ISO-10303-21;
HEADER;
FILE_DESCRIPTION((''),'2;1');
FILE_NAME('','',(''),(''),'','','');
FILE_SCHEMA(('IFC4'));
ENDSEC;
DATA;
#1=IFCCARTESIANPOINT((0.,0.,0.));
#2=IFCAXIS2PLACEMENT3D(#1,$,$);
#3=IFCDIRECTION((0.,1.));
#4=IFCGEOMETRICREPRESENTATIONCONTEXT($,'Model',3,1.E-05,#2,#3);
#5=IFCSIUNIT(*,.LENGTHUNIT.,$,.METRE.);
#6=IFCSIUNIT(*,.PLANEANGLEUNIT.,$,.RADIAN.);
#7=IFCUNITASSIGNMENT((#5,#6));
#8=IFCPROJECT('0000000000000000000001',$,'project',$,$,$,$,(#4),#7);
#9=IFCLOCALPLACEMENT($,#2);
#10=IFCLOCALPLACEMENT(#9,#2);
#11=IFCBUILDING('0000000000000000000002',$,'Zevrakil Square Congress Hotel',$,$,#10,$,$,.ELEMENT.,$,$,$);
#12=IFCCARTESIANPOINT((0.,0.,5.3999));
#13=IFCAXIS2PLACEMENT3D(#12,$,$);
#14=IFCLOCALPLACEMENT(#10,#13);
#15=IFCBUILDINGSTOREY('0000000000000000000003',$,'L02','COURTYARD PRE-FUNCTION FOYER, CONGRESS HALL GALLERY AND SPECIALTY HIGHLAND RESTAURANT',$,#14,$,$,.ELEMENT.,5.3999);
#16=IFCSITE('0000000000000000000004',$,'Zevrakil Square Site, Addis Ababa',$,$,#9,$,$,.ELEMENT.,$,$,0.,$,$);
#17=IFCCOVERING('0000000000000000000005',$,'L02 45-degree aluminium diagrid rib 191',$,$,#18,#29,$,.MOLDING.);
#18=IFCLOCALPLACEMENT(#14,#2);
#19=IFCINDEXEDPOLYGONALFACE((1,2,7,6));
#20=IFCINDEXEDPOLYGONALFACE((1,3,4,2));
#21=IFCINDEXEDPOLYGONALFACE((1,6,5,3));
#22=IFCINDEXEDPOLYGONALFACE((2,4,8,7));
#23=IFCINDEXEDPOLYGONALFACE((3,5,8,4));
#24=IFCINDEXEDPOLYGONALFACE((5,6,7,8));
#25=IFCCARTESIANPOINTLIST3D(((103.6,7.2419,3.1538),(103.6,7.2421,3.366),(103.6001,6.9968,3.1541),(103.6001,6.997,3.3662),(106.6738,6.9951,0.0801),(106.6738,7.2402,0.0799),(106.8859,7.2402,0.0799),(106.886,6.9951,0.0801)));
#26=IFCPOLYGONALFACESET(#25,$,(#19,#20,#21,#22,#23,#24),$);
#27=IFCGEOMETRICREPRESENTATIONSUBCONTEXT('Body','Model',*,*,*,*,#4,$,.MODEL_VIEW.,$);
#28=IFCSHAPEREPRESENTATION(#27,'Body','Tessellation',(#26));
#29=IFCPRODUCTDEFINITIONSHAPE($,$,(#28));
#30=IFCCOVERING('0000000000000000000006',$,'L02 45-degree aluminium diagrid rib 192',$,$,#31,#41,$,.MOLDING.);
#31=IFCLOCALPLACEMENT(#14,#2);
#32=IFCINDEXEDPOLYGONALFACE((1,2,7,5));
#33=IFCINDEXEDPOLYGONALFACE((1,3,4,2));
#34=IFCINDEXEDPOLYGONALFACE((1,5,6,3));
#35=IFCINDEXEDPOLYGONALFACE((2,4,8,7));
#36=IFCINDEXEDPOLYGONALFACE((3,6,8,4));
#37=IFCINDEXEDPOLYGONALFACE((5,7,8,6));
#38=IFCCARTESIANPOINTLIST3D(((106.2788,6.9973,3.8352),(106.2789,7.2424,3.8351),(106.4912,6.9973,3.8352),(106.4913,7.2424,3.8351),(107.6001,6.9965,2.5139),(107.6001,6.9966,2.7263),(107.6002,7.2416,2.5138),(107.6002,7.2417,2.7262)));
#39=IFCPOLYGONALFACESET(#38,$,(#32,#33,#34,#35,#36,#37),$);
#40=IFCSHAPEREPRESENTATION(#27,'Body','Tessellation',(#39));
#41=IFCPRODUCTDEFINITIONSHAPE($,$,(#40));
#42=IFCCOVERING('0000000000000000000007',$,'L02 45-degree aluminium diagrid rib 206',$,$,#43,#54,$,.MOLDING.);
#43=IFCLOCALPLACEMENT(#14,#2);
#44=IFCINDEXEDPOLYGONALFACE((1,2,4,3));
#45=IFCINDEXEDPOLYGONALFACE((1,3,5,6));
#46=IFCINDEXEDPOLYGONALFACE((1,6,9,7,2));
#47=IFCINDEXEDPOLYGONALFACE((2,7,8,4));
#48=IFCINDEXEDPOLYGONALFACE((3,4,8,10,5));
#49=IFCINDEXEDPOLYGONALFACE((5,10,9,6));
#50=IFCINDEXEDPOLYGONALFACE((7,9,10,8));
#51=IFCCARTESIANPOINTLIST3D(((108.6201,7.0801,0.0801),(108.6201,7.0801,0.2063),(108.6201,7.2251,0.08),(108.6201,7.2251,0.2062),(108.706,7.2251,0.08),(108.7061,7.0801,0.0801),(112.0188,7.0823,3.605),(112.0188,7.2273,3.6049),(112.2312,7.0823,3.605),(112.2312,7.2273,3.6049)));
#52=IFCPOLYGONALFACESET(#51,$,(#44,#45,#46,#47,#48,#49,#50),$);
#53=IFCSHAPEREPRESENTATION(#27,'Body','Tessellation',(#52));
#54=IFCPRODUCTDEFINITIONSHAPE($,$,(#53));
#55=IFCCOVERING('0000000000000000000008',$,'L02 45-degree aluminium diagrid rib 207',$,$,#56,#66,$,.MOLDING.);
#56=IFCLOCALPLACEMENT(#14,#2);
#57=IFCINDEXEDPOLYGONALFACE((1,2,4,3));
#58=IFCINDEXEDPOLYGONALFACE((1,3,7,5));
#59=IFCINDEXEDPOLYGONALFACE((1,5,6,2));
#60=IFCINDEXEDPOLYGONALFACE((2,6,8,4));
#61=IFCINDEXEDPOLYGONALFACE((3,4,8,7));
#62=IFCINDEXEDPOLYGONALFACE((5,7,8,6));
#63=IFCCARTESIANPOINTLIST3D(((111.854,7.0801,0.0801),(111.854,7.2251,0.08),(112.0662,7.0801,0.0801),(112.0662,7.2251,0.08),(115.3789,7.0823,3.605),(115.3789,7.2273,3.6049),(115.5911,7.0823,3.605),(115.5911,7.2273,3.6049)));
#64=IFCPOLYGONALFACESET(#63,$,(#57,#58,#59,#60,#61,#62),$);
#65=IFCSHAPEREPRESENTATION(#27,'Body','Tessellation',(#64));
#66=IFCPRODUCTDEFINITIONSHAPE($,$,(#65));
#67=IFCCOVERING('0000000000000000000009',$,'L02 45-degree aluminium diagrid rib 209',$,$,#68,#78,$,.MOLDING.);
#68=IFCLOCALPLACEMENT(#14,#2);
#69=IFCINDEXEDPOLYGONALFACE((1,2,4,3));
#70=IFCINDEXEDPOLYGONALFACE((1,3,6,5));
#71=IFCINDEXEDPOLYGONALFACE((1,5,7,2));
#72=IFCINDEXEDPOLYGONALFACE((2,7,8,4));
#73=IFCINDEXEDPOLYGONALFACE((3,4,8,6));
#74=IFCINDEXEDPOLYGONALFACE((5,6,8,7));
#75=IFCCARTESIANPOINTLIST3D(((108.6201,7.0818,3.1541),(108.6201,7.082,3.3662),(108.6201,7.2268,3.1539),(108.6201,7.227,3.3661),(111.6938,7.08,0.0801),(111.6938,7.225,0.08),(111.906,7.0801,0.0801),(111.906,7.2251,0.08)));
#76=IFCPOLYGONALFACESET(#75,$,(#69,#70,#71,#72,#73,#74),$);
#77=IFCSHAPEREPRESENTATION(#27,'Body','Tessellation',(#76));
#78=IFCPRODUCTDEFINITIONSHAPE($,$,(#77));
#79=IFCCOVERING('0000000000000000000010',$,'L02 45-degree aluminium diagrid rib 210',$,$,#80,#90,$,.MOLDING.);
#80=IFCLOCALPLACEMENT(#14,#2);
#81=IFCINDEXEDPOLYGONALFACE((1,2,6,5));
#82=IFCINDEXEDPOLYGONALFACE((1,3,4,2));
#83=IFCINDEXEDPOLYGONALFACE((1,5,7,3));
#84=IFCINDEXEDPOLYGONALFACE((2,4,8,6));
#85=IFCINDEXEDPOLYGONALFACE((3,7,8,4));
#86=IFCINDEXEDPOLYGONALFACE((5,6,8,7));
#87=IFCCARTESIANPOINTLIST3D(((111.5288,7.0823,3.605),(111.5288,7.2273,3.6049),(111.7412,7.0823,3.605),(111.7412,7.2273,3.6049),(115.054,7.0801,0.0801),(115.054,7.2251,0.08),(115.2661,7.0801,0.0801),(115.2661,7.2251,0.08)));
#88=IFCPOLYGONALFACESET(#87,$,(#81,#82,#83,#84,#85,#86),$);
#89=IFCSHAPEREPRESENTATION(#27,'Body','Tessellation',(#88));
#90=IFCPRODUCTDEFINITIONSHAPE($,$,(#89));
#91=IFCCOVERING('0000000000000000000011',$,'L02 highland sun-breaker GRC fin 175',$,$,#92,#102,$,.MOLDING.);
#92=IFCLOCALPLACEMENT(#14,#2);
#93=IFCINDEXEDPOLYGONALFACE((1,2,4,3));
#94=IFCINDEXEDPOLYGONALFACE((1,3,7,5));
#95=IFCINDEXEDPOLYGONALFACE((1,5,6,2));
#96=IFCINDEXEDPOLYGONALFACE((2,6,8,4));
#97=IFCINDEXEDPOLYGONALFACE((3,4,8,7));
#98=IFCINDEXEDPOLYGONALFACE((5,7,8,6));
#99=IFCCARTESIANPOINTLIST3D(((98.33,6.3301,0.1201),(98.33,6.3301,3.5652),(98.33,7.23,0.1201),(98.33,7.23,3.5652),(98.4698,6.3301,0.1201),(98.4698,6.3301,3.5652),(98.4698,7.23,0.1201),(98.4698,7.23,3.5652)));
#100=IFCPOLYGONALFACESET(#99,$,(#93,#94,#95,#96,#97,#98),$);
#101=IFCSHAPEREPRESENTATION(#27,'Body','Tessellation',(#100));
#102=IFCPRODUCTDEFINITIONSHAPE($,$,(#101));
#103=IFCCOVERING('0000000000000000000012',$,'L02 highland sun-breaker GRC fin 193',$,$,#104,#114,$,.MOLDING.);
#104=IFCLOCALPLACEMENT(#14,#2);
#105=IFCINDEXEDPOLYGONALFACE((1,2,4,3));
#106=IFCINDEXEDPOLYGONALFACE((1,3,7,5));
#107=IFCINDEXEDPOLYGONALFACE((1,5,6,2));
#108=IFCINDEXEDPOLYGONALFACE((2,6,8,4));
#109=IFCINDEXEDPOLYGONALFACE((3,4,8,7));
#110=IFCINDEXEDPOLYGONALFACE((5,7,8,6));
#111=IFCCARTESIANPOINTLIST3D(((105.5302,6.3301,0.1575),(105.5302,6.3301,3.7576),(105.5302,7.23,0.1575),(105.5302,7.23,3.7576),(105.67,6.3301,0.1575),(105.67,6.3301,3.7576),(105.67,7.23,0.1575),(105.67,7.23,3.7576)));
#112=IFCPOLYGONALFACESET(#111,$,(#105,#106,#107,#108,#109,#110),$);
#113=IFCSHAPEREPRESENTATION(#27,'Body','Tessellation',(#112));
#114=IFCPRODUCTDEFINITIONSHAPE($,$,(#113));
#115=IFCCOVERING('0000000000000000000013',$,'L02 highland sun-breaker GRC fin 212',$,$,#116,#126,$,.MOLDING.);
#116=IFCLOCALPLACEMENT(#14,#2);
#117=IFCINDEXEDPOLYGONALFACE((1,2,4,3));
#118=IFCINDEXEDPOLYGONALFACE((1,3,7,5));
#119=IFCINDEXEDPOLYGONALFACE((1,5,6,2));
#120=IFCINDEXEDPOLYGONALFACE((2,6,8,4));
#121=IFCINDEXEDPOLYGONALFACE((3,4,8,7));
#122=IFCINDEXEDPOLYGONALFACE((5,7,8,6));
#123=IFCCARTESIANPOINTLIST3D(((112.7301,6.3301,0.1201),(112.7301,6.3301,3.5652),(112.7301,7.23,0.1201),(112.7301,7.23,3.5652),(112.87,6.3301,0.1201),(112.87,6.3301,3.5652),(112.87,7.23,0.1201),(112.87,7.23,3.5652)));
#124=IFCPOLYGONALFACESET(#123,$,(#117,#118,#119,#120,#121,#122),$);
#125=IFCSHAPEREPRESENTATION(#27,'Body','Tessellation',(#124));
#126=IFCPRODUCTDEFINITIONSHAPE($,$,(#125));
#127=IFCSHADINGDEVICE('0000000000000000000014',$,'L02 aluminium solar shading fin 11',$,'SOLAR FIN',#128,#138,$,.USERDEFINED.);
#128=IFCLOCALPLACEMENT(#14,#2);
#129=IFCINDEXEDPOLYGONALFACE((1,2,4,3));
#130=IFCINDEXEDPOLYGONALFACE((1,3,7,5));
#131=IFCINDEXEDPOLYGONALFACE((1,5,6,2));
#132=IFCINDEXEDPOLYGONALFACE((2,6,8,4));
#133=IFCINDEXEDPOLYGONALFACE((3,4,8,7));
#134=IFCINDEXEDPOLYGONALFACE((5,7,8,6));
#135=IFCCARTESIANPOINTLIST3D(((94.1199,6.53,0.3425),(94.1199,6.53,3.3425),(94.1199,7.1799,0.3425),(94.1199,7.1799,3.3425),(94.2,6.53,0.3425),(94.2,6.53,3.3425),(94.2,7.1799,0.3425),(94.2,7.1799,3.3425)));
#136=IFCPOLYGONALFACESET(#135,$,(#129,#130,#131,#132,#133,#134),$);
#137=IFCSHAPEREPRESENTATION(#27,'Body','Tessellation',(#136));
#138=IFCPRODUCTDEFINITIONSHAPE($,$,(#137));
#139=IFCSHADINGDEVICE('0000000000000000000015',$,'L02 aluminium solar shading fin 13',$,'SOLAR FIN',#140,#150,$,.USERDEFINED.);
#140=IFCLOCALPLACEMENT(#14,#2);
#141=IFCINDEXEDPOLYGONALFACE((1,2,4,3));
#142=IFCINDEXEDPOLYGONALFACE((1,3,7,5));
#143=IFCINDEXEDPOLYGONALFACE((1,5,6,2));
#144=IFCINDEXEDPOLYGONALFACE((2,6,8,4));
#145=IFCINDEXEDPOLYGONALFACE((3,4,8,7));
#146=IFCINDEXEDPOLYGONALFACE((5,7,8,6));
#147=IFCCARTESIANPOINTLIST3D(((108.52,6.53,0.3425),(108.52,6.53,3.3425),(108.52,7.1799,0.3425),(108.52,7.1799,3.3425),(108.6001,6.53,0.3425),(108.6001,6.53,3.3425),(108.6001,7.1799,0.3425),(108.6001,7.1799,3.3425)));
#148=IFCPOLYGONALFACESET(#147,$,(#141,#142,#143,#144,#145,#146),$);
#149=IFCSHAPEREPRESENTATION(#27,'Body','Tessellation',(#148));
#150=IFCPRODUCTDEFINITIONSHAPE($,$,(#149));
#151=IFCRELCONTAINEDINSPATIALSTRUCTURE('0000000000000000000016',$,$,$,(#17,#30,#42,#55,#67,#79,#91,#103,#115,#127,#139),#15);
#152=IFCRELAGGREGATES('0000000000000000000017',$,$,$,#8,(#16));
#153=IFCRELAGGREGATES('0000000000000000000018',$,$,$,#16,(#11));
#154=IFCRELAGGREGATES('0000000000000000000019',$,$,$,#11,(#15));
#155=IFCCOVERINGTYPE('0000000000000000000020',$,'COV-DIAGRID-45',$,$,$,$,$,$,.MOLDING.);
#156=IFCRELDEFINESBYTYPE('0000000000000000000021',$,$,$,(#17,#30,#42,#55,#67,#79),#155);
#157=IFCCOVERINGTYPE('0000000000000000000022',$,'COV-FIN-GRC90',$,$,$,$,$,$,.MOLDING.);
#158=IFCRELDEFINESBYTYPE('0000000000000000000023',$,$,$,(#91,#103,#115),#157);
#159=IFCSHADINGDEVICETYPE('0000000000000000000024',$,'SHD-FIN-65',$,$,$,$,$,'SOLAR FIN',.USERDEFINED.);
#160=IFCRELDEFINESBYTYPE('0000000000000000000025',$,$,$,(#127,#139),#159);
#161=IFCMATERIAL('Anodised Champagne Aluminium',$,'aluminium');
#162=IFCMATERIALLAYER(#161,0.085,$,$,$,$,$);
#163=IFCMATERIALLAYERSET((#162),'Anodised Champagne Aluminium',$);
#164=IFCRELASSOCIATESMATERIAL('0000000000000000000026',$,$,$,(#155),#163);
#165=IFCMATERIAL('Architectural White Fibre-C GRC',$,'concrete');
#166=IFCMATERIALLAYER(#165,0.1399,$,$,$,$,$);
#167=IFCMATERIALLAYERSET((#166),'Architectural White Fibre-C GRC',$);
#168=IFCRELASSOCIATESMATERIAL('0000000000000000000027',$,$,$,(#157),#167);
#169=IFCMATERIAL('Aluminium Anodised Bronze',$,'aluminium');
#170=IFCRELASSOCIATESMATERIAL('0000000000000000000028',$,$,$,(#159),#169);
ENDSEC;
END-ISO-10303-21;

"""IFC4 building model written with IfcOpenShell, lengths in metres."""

from ifc_helpers import new_model, si_unit, direction, frame, origin, origin_2d, place, context, subcontext, project, spatial, polyline, rectangle, outline, extrude, material, layer, layer_set, type_object, element, save


model = new_model("IFC4")

# Units and contexts
model_context = context("Model", 3, precision=1e-05, world=origin(), true_north=direction((0.0, 1.0)))
body_context = subcontext(model_context, "Body", "Model", "MODEL_VIEW")
ifc_project = project(units=[si_unit("LENGTHUNIT", "METRE"), si_unit("PLANEANGLEUNIT", "RADIAN")], contexts=[model_context])

# Site, building, storey
site_placement = place(None, origin())
site = spatial("IfcSite", under=ifc_project, at=site_placement, Name="Zevrakil Square Site, Addis Ababa", CompositionType="ELEMENT", RefElevation=0.0)
building_placement = place(site_placement, origin())
building = spatial("IfcBuilding", under=site, at=building_placement, Name="Zevrakil Square Congress Hotel", CompositionType="ELEMENT")
storey_placement = place(building_placement, frame((0.0, 0.0, 5.3999)))
storey = spatial("IfcBuildingStorey", under=building, at=storey_placement, Name="L02", Description="COURTYARD PRE-FUNCTION FOYER, CONGRESS HALL GALLERY AND SPECIALTY HIGHLAND RESTAURANT", CompositionType="ELEMENT", Elevation=5.3999)

# Coverings
ifc_material_1 = material(Name="Anodised Champagne Aluminium", Category="aluminium")
ifc_layer_1 = layer(ifc_material_1, 0.085)
ifc_layer_set_1 = layer_set([ifc_layer_1], Name="Anodised Champagne Aluminium")
covering_type_1 = type_object("IfcCoveringType", Name="COV-DIAGRID-45", PredefinedType="MOLDING", material=ifc_layer_set_1)
covering_1_placement = place(storey_placement, frame((103.6001, 6.9968, 3.1541), z_axis=(0.000287, -1.0, 0.000863), x_axis=(0.0, 0.000863, 1.0)))
element("IfcCovering", 1, at=covering_1_placement, inside=storey, type_object=covering_type_1, Name="L02 45-degree aluminium diagrid rib 191", PredefinedType="MOLDING", context=body_context, shape_type="SweptSolid", body=[
    extrude(outline(polyline([(0.0, 0.0), (0.2122, 0.0), (-3.074, -3.2859), (-3.074, -3.0737), (0.0, 0.0)])), origin(), (0.0, 0.0, -1.0), 0.2451),
])
covering_2_placement = place(storey_placement, frame((106.2788, 6.9973, 3.8352), z_axis=(-0.000301, -1.0, 0.000301), x_axis=(1.0, -0.000301, 0.0)))
element("IfcCovering", 2, at=covering_2_placement, inside=storey, type_object=covering_type_1, Name="L02 45-degree aluminium diagrid rib 192", PredefinedType="MOLDING", context=body_context, shape_type="SweptSolid", body=[
    extrude(outline(polyline([(0.0, 0.0), (0.2124, 0.0), (1.3213, -1.1089), (1.3213, -1.3213), (0.0, 0.0)])), origin(), (0.0, 0.0, -1.0), 0.2451),
])
covering_3_placement = place(storey_placement, frame((108.7061, 7.0801, 0.0801), z_axis=(0.000187, -1.0, 0.000443), x_axis=(-1.0, -0.000187, 0.0)))
element("IfcCovering", 3, at=covering_3_placement, inside=storey, type_object=covering_type_1, Name="L02 45-degree aluminium diagrid rib 206", PredefinedType="MOLDING", context=body_context, shape_type="SweptSolid", body=[
    extrude(outline(polyline([(0.0, 0.0), (0.0859, 0.0), (0.0859, -0.1262), (-3.3127, -3.5249), (-3.5251, -3.5249), (0.0, 0.0)])), origin(), (0.0, 0.0, -1.0), 0.145),
])
covering_4_placement = place(storey_placement, frame((112.0662, 7.0801, 0.0801), z_axis=(0.0, -1.0, 0.000623), x_axis=(-1.0, 0.0, 0.0)))
element("IfcCovering", 4, at=covering_4_placement, inside=storey, type_object=covering_type_1, Name="L02 45-degree aluminium diagrid rib 207", PredefinedType="MOLDING", context=body_context, shape_type="SweptSolid", body=[
    extrude(outline(polyline([(0.0, 0.0), (0.2122, 0.0), (-3.3127, -3.5249), (-3.5249, -3.5249), (0.0, 0.0)])), origin(), (0.0, 0.0, -1.0), 0.145),
])
covering_5_placement = place(storey_placement, frame((108.6201, 7.0818, 3.1541), z_axis=(0.000287, -1.0, 0.000863), x_axis=(0.0, 0.000863, 1.0)))
element("IfcCovering", 5, at=covering_5_placement, inside=storey, type_object=covering_type_1, Name="L02 45-degree aluminium diagrid rib 209", PredefinedType="MOLDING", context=body_context, shape_type="SweptSolid", body=[
    extrude(outline(polyline([(0.0, 0.0), (0.2122, 0.0), (-3.074, -3.2859), (-3.074, -3.0737), (0.0, 0.0)])), origin(), (0.0, 0.0, -1.0), 0.145),
])
covering_6_placement = place(storey_placement, frame((111.5288, 7.0823, 3.605), z_axis=(0.0, -1.0, 0.000623), x_axis=(1.0, 0.0, 0.0)))
element("IfcCovering", 6, at=covering_6_placement, inside=storey, type_object=covering_type_1, Name="L02 45-degree aluminium diagrid rib 210", PredefinedType="MOLDING", context=body_context, shape_type="SweptSolid", body=[
    extrude(outline(polyline([(0.0, 0.0), (0.2124, 0.0), (3.7373, -3.5249), (3.5251, -3.5249), (0.0, 0.0)])), origin(), (0.0, 0.0, -1.0), 0.145),
])
ifc_material_2 = material(Name="Architectural White Fibre-C GRC", Category="concrete")
ifc_layer_2 = layer(ifc_material_2, 0.1399)
ifc_layer_set_2 = layer_set([ifc_layer_2], Name="Architectural White Fibre-C GRC")
covering_type_2 = type_object("IfcCoveringType", Name="COV-FIN-GRC90", PredefinedType="MOLDING", material=ifc_layer_set_2)
covering_7_placement = place(storey_placement, frame((98.3999, 6.78, 0.1201), z_axis=(0.0, 0.0, 1.0), x_axis=(0.0, -1.0, 0.0)))
element("IfcCovering", 7, at=covering_7_placement, inside=storey, type_object=covering_type_2, Name="L02 highland sun-breaker GRC fin 175", PredefinedType="MOLDING", context=body_context, shape_type="SweptSolid", body=[
    extrude(rectangle(XDim=0.8999, YDim=0.1399, at=origin_2d()), origin(), (0.0, 0.0, 1.0), 3.4451),
])
covering_8_placement = place(storey_placement, frame((105.6001, 6.78, 0.1575), z_axis=(0.0, 0.0, 1.0), x_axis=(0.0, -1.0, 0.0)))
element("IfcCovering", 8, at=covering_8_placement, inside=storey, type_object=covering_type_2, Name="L02 highland sun-breaker GRC fin 193", PredefinedType="MOLDING", context=body_context, shape_type="SweptSolid", body=[
    extrude(rectangle(XDim=0.8999, YDim=0.1399, at=origin_2d()), origin(), (0.0, 0.0, 1.0), 3.6001),
])
covering_9_placement = place(storey_placement, frame((112.8, 6.78, 0.1201), z_axis=(0.0, 0.0, 1.0), x_axis=(0.0, -1.0, 0.0)))
element("IfcCovering", 9, at=covering_9_placement, inside=storey, type_object=covering_type_2, Name="L02 highland sun-breaker GRC fin 212", PredefinedType="MOLDING", context=body_context, shape_type="SweptSolid", body=[
    extrude(rectangle(XDim=0.8999, YDim=0.1399, at=origin_2d()), origin(), (0.0, 0.0, 1.0), 3.4451),
])

# Shading devices
ifc_material_3 = material(Name="Aluminium Anodised Bronze", Category="aluminium")
shading_device_type = type_object("IfcShadingDeviceType", Name="SHD-FIN-65", ElementType="SOLAR FIN", PredefinedType="USERDEFINED", material=ifc_material_3)
for number, where, z_axis, x_axis, name in (
    (10, (94.1599, 6.855, 0.3425), (0.0, 0.0, 1.0), (0.0, -1.0, 0.0), "L02 aluminium solar shading fin 11"),
    (11, (108.5601, 6.855, 0.3425), (0.0, 0.0, 1.0), (0.0, -1.0, 0.0), "L02 aluminium solar shading fin 13"),
):
    element("IfcShadingDevice", number, at=place(storey_placement, frame(where, z_axis=z_axis, x_axis=x_axis)), inside=storey, type_object=shading_device_type, Name=name, ObjectType="SOLAR FIN", PredefinedType="USERDEFINED", context=body_context, shape_type="SweptSolid", body=[
        extrude(rectangle(XDim=0.6499, YDim=0.0801, at=origin_2d()), origin(), (0.0, 0.0, 1.0), 3.0),
    ])

save(model, "model.ifc")
